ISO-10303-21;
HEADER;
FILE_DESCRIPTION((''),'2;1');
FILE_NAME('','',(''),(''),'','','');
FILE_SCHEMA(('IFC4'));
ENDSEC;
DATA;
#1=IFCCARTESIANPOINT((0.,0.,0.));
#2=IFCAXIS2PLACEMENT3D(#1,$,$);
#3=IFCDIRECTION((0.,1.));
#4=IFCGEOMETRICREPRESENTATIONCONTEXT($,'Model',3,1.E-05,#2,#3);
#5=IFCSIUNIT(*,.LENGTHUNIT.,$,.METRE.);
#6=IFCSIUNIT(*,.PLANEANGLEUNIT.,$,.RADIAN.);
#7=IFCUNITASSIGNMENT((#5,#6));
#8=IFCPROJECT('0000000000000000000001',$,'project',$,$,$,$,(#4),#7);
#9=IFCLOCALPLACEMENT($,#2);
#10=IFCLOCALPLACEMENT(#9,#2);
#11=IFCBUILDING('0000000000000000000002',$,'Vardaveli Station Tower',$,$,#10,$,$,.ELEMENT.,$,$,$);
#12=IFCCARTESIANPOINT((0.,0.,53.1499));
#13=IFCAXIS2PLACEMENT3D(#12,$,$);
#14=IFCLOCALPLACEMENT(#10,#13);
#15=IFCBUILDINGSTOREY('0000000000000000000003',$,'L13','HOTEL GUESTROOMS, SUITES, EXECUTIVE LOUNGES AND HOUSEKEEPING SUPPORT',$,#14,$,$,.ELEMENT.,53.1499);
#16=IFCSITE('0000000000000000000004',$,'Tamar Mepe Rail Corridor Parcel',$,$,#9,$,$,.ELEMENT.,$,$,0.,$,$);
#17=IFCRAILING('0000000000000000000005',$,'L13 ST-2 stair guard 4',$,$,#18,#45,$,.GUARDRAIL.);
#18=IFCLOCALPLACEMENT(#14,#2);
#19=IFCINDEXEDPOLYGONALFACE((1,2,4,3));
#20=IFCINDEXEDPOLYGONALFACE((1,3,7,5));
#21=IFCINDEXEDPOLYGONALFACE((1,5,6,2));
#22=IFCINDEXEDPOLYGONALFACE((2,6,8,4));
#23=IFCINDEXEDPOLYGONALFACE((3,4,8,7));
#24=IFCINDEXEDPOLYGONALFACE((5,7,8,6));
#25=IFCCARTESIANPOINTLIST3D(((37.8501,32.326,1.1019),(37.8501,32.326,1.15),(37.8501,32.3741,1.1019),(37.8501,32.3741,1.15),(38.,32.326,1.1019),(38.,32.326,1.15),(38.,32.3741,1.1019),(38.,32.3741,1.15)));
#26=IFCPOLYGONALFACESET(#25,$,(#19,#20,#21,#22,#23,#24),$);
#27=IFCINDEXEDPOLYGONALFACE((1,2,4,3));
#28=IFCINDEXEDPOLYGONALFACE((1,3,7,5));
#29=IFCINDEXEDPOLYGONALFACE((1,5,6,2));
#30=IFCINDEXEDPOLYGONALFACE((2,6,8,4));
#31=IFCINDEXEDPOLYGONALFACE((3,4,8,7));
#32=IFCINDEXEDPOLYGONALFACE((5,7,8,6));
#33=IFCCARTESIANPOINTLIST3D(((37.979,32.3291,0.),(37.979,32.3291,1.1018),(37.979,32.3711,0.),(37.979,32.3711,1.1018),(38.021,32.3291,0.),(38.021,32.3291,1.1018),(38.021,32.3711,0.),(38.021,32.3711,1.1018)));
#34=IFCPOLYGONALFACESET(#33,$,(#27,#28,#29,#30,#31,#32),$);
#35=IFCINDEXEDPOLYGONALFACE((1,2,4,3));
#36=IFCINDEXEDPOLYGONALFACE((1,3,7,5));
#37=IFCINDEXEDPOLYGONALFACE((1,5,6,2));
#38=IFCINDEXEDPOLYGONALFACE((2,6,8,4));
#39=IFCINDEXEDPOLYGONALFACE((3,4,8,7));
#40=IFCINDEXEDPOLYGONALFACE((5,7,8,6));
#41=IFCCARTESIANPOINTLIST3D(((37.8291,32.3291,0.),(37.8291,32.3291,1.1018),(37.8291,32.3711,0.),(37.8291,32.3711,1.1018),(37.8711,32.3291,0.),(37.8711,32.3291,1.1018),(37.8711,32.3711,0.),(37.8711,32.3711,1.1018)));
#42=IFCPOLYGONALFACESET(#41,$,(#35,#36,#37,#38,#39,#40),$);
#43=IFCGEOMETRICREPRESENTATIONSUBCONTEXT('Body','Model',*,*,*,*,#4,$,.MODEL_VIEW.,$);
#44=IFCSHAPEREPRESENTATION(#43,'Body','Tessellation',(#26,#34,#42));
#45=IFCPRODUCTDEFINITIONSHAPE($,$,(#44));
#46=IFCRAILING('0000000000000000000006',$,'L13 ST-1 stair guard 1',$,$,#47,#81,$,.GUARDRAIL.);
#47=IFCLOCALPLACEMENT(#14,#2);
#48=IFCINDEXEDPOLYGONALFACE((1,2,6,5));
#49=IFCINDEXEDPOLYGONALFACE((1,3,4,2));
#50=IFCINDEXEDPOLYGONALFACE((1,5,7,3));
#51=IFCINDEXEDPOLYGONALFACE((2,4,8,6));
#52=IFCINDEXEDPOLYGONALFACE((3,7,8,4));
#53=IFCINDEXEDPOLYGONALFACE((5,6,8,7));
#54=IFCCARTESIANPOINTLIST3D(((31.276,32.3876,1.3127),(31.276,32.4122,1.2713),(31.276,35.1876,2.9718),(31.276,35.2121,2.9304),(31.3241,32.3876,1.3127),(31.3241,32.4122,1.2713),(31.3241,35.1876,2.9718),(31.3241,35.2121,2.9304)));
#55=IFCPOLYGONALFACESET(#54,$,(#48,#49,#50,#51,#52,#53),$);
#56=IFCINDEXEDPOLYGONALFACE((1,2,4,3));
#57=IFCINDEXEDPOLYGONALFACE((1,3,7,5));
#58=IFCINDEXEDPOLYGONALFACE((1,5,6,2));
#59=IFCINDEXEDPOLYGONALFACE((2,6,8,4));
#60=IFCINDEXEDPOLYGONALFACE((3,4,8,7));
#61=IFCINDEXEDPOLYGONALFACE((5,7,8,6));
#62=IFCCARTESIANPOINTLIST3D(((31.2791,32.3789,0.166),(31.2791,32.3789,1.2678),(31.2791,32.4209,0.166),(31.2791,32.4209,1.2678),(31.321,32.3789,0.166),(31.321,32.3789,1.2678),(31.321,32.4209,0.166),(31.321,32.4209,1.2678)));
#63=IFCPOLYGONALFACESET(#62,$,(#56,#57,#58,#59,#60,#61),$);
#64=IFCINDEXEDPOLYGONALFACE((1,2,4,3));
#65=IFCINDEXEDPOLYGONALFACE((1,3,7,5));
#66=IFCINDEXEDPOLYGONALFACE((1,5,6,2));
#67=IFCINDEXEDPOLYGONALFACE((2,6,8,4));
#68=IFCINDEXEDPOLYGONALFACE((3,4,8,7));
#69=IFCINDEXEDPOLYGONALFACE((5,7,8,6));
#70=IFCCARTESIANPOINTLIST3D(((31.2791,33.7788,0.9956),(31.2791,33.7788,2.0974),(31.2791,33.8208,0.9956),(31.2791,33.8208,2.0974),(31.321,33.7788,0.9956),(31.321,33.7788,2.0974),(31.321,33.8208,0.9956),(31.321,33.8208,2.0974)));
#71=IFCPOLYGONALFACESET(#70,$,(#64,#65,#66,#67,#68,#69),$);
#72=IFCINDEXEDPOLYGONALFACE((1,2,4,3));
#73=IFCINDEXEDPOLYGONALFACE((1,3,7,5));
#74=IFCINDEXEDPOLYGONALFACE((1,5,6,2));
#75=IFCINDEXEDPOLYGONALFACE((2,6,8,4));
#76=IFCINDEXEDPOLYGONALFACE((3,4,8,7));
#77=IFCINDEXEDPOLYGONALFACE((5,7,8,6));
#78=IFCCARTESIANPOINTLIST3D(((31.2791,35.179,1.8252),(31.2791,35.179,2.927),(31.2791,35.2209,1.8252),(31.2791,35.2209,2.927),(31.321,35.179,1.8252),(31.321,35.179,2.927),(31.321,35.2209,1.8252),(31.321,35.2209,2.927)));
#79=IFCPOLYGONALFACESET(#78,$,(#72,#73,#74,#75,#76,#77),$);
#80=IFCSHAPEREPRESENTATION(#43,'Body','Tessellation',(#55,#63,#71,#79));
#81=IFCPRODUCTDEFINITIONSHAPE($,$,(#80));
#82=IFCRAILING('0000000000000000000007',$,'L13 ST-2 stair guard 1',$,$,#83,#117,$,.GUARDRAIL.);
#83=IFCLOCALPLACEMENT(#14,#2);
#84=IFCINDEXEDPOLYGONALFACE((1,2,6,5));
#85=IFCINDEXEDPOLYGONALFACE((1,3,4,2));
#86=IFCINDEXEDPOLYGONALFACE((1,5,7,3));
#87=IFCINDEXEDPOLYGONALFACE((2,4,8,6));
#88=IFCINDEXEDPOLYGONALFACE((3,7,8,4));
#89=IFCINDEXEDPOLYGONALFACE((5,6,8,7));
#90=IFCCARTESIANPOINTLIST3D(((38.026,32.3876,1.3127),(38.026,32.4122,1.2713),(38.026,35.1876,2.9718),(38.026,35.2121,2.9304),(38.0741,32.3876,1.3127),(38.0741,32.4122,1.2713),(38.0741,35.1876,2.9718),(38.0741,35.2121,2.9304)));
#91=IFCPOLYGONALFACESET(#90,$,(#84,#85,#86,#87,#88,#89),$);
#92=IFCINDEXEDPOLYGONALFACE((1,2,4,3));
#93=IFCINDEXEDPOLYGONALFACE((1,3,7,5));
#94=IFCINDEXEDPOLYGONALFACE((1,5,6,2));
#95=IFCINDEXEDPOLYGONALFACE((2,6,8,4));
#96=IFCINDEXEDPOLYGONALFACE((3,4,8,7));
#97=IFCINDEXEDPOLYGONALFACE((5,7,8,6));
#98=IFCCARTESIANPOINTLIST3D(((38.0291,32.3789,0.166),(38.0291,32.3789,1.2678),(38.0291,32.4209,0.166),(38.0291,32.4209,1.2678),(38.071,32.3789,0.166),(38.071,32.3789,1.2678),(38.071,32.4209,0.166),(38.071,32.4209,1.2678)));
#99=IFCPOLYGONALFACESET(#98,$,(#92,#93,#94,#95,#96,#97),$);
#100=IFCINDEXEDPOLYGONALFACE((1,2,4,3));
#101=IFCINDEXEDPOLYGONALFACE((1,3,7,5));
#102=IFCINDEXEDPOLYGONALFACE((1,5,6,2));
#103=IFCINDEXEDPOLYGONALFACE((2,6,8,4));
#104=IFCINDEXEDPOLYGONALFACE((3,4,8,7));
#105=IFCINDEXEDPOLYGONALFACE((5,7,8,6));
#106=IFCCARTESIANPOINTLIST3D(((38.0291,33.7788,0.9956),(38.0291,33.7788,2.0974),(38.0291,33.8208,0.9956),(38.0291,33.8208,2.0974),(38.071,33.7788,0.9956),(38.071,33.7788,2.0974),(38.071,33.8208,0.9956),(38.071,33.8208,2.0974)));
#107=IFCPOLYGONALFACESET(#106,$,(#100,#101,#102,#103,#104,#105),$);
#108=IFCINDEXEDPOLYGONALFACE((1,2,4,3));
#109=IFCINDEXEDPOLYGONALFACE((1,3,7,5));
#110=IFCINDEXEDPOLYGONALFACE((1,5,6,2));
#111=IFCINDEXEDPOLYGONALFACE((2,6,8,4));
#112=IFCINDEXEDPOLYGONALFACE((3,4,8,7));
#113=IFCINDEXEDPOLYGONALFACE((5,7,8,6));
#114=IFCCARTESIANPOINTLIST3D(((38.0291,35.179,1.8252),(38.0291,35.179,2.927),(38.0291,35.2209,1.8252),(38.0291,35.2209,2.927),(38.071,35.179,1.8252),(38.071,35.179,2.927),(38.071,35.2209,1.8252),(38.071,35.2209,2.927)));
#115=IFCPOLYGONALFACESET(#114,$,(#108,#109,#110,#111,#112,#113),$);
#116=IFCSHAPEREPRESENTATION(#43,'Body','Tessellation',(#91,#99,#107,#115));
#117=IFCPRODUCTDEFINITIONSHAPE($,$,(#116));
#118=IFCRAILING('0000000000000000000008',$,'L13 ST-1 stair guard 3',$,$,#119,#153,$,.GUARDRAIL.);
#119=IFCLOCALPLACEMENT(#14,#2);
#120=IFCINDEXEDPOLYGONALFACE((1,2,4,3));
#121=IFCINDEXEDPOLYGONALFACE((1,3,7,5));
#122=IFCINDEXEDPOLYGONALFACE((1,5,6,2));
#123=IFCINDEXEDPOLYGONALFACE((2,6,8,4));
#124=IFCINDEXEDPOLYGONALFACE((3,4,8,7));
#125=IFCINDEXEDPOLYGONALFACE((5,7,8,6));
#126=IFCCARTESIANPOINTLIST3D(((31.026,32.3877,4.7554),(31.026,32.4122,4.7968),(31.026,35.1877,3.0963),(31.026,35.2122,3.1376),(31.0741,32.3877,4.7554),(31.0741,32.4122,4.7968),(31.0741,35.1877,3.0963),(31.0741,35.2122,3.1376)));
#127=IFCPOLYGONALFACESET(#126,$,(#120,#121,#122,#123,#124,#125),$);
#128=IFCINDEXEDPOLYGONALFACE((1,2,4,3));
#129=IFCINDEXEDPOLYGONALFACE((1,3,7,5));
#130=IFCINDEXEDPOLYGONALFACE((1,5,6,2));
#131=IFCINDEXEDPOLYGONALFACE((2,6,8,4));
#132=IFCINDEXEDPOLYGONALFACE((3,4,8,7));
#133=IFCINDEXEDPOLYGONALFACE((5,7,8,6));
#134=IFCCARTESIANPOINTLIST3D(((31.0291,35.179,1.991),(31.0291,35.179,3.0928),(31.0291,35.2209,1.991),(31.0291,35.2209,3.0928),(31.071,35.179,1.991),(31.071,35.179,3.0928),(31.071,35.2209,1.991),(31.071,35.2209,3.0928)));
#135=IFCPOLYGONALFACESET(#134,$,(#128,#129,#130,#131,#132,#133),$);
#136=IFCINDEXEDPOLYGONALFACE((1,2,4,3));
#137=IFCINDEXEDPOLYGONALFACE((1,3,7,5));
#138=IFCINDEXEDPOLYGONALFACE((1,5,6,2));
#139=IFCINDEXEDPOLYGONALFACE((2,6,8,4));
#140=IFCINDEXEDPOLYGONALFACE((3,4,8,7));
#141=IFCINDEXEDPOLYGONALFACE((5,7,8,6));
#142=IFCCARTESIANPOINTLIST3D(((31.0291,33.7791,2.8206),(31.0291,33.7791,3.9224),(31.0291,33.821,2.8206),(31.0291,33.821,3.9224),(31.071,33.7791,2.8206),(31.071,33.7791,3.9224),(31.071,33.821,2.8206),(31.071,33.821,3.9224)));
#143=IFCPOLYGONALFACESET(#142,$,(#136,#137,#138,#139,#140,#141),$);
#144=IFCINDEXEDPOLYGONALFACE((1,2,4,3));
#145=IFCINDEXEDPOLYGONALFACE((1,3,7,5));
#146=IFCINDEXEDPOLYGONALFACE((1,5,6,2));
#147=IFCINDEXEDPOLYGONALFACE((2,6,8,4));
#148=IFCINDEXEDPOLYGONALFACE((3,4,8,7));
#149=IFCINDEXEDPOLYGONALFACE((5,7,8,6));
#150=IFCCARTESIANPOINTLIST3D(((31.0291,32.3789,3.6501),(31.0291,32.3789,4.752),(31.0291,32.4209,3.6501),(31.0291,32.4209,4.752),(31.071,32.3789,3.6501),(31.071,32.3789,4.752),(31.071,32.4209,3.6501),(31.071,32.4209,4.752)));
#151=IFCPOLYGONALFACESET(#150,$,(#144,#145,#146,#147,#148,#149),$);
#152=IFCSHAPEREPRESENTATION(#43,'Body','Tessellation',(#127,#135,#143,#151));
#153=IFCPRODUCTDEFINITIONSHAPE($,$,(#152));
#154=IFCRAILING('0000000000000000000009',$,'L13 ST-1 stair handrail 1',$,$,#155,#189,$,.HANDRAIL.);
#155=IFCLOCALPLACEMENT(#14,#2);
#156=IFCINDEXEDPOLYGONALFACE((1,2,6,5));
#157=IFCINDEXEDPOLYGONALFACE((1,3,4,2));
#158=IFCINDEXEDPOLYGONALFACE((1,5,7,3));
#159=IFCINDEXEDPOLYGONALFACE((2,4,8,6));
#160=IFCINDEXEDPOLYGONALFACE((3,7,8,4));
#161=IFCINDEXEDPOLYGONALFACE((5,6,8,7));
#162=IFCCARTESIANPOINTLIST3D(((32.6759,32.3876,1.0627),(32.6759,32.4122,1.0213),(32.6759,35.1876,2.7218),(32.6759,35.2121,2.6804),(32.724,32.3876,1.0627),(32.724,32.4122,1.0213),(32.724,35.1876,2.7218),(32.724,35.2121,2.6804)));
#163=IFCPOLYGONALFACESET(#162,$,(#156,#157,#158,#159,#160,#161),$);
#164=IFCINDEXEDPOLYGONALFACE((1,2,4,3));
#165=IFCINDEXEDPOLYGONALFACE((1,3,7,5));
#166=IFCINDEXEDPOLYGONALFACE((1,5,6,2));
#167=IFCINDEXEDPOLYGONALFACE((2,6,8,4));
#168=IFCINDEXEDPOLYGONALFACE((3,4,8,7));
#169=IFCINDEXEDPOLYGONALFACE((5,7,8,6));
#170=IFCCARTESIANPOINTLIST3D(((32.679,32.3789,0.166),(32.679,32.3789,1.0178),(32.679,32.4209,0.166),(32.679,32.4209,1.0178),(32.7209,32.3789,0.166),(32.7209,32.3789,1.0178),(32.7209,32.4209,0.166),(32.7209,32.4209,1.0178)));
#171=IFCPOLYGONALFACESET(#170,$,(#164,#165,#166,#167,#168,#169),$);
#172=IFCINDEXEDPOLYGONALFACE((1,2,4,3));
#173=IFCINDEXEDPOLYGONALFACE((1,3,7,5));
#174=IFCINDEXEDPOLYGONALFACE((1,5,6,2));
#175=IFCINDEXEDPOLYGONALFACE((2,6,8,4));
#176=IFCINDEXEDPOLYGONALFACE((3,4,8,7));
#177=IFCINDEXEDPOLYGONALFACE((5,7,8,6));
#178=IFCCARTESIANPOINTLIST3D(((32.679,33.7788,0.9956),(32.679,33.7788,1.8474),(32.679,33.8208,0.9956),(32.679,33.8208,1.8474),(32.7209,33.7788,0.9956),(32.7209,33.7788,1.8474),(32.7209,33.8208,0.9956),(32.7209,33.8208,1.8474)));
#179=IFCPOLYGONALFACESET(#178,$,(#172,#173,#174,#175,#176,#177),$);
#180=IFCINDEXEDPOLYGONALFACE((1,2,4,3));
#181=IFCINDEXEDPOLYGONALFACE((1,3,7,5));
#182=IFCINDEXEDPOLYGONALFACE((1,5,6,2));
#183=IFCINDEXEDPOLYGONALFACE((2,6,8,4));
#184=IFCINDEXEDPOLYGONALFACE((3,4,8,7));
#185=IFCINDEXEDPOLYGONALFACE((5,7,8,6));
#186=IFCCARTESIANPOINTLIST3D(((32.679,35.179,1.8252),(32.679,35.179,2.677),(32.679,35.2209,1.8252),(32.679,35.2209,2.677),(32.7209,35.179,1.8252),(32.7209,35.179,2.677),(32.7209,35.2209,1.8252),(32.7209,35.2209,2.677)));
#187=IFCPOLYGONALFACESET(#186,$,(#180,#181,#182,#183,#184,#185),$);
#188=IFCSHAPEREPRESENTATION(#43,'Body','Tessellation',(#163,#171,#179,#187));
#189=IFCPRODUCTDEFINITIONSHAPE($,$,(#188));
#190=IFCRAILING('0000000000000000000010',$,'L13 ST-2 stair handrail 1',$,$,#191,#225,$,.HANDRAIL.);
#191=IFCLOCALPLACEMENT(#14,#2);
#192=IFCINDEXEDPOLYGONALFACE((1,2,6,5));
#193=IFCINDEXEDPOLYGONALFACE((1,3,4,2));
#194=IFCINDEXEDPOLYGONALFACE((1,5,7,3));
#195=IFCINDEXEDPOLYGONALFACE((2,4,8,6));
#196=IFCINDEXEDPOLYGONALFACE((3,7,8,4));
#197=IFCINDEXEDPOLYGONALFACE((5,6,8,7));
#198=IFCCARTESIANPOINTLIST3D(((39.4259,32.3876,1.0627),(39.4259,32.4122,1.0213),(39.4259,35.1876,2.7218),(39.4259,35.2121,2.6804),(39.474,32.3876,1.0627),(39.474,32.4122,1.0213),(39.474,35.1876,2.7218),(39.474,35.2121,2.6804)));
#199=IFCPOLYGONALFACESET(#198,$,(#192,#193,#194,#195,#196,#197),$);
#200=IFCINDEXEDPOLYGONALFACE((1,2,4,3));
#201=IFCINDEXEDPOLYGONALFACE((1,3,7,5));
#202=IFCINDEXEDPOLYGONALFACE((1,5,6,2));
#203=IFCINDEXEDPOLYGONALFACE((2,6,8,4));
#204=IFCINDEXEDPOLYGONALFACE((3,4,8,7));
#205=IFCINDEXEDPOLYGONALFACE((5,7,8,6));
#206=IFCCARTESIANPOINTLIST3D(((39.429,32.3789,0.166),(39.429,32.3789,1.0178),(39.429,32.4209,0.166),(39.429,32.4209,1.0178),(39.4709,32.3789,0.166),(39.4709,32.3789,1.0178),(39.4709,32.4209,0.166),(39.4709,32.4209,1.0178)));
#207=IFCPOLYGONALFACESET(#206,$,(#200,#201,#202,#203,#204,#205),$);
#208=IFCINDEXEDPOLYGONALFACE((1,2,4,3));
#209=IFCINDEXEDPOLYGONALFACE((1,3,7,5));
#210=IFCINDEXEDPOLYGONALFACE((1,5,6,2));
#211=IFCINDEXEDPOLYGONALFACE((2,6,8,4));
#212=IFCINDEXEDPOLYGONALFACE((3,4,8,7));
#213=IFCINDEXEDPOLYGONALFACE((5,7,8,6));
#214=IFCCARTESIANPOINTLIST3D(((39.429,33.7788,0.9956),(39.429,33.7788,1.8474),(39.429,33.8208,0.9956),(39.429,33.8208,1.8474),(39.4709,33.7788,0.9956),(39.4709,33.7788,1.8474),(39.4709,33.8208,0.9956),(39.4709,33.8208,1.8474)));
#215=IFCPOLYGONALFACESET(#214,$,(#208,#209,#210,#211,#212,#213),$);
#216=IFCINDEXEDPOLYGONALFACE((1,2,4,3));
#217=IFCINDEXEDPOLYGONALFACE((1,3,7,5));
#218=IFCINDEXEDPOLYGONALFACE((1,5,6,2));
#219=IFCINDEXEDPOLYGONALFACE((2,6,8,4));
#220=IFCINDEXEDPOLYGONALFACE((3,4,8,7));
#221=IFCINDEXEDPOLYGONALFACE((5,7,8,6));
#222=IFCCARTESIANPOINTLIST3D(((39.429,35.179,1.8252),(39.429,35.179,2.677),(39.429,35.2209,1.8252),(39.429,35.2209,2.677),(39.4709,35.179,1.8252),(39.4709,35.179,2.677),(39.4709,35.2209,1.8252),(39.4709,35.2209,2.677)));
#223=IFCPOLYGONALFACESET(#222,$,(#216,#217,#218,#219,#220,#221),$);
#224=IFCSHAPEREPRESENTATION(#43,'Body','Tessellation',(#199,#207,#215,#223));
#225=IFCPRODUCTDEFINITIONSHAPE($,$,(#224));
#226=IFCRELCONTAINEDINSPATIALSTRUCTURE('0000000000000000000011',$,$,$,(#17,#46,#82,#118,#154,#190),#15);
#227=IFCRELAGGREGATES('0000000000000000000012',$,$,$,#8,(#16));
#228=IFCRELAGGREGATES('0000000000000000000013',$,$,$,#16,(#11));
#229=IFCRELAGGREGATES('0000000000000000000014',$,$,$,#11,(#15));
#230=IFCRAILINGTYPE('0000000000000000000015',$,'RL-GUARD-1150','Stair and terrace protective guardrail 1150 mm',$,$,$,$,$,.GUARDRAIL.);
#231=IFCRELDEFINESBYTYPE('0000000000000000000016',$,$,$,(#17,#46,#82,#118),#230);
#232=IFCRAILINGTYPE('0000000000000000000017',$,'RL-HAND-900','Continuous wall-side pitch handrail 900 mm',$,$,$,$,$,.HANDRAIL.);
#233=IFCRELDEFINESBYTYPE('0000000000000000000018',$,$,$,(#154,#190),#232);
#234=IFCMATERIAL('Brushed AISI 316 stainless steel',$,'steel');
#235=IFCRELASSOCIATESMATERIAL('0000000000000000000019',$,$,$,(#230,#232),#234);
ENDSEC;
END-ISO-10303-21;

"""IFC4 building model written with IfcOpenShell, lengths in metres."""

from ifc_helpers import new_model, si_unit, direction, frame, origin, origin_2d, place, context, subcontext, project, spatial, rectangle, extrude, source, transform, mapped, material, type_object, element, save


model = new_model("IFC4")

# Units and contexts
model_context = context("Model", 3, precision=1e-05, world=origin(), true_north=direction((0.0, 1.0)))
body_context = subcontext(model_context, "Body", "Model", "MODEL_VIEW")
ifc_project = project(units=[si_unit("LENGTHUNIT", "METRE"), si_unit("PLANEANGLEUNIT", "RADIAN")], contexts=[model_context])

# Site, building, storey
site_placement = place(None, origin())
site = spatial("IfcSite", under=ifc_project, at=site_placement, Name="Tamar Mepe Rail Corridor Parcel", CompositionType="ELEMENT", RefElevation=0.0)
building_placement = place(site_placement, origin())
building = spatial("IfcBuilding", under=site, at=building_placement, Name="Vardaveli Station Tower", CompositionType="ELEMENT")
storey_placement = place(building_placement, frame((0.0, 0.0, 53.1499)))
storey = spatial("IfcBuildingStorey", under=building, at=storey_placement, Name="L13", Description="HOTEL GUESTROOMS, SUITES, EXECUTIVE LOUNGES AND HOUSEKEEPING SUPPORT", CompositionType="ELEMENT", Elevation=53.1499)

# Railings
ifc_material_1 = material(Name="Brushed AISI 316 stainless steel", Category="steel")
railing_type_1 = type_object("IfcRailingType", Name="RL-GUARD-1150", Description="Stair and terrace protective guardrail 1150 mm", PredefinedType="GUARDRAIL", material=ifc_material_1)
shared_shape_1 = source(origin(), body_context, "Body", "SweptSolid", [
    extrude(rectangle(XDim=0.0481, YDim=0.0481, at=origin_2d()), frame((0.0, 0.0, 1.126), z_axis=(-1.0, 0.0, 0.0), x_axis=(0.0, -1.0, 0.0)), (0.0, 0.0, 1.0), 0.1499),
    extrude(rectangle(XDim=0.042, YDim=0.042, at=origin_2d()), origin(), (0.0, 0.0, 1.0), 1.1018),
    extrude(rectangle(XDim=0.042, YDim=0.042, at=origin_2d()), frame((-0.1499, 0.0, 0.0)), (0.0, 0.0, 1.0), 1.1018),
])
for number, where, name in (
    (1, (38.0, 32.3501, 0.0), "L13 ST-2 stair guard 4"),
):
    element("IfcRailing", number, at=place(storey_placement, frame(where)), inside=storey, type_object=railing_type_1, Name=name, PredefinedType="GUARDRAIL", context=body_context, shape_type="MappedRepresentation", body=[
        mapped(shared_shape_1, transform((0.0, 0.0, 0.0), scale=1.0)),
    ])
shared_shape_2 = source(origin(), body_context, "Body", "SweptSolid", [
    extrude(rectangle(XDim=0.0481, YDim=0.0481, at=origin_2d()), frame((0.0, 0.0, 1.126), z_axis=(0.0, 0.860306, 0.509778), x_axis=(-1.0, 0.0, 0.0)), (0.0, 0.0, 1.0), 3.2546),
    extrude(rectangle(XDim=0.042, YDim=0.042, at=origin_2d()), origin(), (0.0, 0.0, 1.0), 1.1018),
    extrude(rectangle(XDim=0.042, YDim=0.042, at=origin_2d()), frame((0.0, 1.3999, 0.8296)), (0.0, 0.0, 1.0), 1.1018),
    extrude(rectangle(XDim=0.042, YDim=0.042, at=origin_2d()), frame((0.0, 2.8, 1.6592)), (0.0, 0.0, 1.0), 1.1018),
])
for number, where, name in (
    (2, (31.3, 32.3999, 0.166), "L13 ST-1 stair guard 1"),
    (3, (38.05, 32.3999, 0.166), "L13 ST-2 stair guard 1"),
):
    element("IfcRailing", number, at=place(storey_placement, frame(where)), inside=storey, type_object=railing_type_1, Name=name, PredefinedType="GUARDRAIL", context=body_context, shape_type="MappedRepresentation", body=[
        mapped(shared_shape_2, transform((0.0, 0.0, 0.0), scale=1.0)),
    ])
shared_shape_3 = source(origin(), body_context, "Body", "SweptSolid", [
    extrude(rectangle(XDim=0.0481, YDim=0.0481, at=origin_2d()), frame((0.0, 0.0, 1.126), z_axis=(0.0, -0.860306, 0.509778), x_axis=(1.0, 0.0, 0.0)), (0.0, 0.0, 1.0), 3.2546),
    extrude(rectangle(XDim=0.042, YDim=0.042, at=origin_2d()), origin(), (0.0, 0.0, 1.0), 1.1018),
    extrude(rectangle(XDim=0.042, YDim=0.042, at=origin_2d()), frame((0.0, -1.3999, 0.8296)), (0.0, 0.0, 1.0), 1.1018),
    extrude(rectangle(XDim=0.042, YDim=0.042, at=origin_2d()), frame((0.0, -2.8, 1.6592)), (0.0, 0.0, 1.0), 1.1018),
])
railing_1_placement = place(storey_placement, frame((31.05, 35.2, 1.991)))
element("IfcRailing", 4, at=railing_1_placement, inside=storey, type_object=railing_type_1, Name="L13 ST-1 stair guard 3", PredefinedType="GUARDRAIL", context=body_context, shape_type="MappedRepresentation", body=[
    mapped(shared_shape_3, transform((0.0, 0.0, 0.0), scale=1.0)),
])
railing_type_2 = type_object("IfcRailingType", Name="RL-HAND-900", Description="Continuous wall-side pitch handrail 900 mm", PredefinedType="HANDRAIL", material=ifc_material_1)
shared_shape_4 = source(origin(), body_context, "Body", "SweptSolid", [
    extrude(rectangle(XDim=0.0481, YDim=0.0481, at=origin_2d()), frame((0.0, 0.0, 0.876), z_axis=(0.0, 0.860306, 0.509778), x_axis=(-1.0, 0.0, 0.0)), (0.0, 0.0, 1.0), 3.2546),
    extrude(rectangle(XDim=0.042, YDim=0.042, at=origin_2d()), origin(), (0.0, 0.0, 1.0), 0.8518),
    extrude(rectangle(XDim=0.042, YDim=0.042, at=origin_2d()), frame((0.0, 1.3999, 0.8296)), (0.0, 0.0, 1.0), 0.8518),
    extrude(rectangle(XDim=0.042, YDim=0.042, at=origin_2d()), frame((0.0, 2.8, 1.6592)), (0.0, 0.0, 1.0), 0.8518),
])
for number, where, name in (
    (5, (32.7, 32.3999, 0.166), "L13 ST-1 stair handrail 1"),
    (6, (39.45, 32.3999, 0.166), "L13 ST-2 stair handrail 1"),
):
    element("IfcRailing", number, at=place(storey_placement, frame(where)), inside=storey, type_object=railing_type_2, Name=name, PredefinedType="HANDRAIL", context=body_context, shape_type="MappedRepresentation", body=[
        mapped(shared_shape_4, transform((0.0, 0.0, 0.0), scale=1.0)),
    ])

save(model, "model.ifc")
